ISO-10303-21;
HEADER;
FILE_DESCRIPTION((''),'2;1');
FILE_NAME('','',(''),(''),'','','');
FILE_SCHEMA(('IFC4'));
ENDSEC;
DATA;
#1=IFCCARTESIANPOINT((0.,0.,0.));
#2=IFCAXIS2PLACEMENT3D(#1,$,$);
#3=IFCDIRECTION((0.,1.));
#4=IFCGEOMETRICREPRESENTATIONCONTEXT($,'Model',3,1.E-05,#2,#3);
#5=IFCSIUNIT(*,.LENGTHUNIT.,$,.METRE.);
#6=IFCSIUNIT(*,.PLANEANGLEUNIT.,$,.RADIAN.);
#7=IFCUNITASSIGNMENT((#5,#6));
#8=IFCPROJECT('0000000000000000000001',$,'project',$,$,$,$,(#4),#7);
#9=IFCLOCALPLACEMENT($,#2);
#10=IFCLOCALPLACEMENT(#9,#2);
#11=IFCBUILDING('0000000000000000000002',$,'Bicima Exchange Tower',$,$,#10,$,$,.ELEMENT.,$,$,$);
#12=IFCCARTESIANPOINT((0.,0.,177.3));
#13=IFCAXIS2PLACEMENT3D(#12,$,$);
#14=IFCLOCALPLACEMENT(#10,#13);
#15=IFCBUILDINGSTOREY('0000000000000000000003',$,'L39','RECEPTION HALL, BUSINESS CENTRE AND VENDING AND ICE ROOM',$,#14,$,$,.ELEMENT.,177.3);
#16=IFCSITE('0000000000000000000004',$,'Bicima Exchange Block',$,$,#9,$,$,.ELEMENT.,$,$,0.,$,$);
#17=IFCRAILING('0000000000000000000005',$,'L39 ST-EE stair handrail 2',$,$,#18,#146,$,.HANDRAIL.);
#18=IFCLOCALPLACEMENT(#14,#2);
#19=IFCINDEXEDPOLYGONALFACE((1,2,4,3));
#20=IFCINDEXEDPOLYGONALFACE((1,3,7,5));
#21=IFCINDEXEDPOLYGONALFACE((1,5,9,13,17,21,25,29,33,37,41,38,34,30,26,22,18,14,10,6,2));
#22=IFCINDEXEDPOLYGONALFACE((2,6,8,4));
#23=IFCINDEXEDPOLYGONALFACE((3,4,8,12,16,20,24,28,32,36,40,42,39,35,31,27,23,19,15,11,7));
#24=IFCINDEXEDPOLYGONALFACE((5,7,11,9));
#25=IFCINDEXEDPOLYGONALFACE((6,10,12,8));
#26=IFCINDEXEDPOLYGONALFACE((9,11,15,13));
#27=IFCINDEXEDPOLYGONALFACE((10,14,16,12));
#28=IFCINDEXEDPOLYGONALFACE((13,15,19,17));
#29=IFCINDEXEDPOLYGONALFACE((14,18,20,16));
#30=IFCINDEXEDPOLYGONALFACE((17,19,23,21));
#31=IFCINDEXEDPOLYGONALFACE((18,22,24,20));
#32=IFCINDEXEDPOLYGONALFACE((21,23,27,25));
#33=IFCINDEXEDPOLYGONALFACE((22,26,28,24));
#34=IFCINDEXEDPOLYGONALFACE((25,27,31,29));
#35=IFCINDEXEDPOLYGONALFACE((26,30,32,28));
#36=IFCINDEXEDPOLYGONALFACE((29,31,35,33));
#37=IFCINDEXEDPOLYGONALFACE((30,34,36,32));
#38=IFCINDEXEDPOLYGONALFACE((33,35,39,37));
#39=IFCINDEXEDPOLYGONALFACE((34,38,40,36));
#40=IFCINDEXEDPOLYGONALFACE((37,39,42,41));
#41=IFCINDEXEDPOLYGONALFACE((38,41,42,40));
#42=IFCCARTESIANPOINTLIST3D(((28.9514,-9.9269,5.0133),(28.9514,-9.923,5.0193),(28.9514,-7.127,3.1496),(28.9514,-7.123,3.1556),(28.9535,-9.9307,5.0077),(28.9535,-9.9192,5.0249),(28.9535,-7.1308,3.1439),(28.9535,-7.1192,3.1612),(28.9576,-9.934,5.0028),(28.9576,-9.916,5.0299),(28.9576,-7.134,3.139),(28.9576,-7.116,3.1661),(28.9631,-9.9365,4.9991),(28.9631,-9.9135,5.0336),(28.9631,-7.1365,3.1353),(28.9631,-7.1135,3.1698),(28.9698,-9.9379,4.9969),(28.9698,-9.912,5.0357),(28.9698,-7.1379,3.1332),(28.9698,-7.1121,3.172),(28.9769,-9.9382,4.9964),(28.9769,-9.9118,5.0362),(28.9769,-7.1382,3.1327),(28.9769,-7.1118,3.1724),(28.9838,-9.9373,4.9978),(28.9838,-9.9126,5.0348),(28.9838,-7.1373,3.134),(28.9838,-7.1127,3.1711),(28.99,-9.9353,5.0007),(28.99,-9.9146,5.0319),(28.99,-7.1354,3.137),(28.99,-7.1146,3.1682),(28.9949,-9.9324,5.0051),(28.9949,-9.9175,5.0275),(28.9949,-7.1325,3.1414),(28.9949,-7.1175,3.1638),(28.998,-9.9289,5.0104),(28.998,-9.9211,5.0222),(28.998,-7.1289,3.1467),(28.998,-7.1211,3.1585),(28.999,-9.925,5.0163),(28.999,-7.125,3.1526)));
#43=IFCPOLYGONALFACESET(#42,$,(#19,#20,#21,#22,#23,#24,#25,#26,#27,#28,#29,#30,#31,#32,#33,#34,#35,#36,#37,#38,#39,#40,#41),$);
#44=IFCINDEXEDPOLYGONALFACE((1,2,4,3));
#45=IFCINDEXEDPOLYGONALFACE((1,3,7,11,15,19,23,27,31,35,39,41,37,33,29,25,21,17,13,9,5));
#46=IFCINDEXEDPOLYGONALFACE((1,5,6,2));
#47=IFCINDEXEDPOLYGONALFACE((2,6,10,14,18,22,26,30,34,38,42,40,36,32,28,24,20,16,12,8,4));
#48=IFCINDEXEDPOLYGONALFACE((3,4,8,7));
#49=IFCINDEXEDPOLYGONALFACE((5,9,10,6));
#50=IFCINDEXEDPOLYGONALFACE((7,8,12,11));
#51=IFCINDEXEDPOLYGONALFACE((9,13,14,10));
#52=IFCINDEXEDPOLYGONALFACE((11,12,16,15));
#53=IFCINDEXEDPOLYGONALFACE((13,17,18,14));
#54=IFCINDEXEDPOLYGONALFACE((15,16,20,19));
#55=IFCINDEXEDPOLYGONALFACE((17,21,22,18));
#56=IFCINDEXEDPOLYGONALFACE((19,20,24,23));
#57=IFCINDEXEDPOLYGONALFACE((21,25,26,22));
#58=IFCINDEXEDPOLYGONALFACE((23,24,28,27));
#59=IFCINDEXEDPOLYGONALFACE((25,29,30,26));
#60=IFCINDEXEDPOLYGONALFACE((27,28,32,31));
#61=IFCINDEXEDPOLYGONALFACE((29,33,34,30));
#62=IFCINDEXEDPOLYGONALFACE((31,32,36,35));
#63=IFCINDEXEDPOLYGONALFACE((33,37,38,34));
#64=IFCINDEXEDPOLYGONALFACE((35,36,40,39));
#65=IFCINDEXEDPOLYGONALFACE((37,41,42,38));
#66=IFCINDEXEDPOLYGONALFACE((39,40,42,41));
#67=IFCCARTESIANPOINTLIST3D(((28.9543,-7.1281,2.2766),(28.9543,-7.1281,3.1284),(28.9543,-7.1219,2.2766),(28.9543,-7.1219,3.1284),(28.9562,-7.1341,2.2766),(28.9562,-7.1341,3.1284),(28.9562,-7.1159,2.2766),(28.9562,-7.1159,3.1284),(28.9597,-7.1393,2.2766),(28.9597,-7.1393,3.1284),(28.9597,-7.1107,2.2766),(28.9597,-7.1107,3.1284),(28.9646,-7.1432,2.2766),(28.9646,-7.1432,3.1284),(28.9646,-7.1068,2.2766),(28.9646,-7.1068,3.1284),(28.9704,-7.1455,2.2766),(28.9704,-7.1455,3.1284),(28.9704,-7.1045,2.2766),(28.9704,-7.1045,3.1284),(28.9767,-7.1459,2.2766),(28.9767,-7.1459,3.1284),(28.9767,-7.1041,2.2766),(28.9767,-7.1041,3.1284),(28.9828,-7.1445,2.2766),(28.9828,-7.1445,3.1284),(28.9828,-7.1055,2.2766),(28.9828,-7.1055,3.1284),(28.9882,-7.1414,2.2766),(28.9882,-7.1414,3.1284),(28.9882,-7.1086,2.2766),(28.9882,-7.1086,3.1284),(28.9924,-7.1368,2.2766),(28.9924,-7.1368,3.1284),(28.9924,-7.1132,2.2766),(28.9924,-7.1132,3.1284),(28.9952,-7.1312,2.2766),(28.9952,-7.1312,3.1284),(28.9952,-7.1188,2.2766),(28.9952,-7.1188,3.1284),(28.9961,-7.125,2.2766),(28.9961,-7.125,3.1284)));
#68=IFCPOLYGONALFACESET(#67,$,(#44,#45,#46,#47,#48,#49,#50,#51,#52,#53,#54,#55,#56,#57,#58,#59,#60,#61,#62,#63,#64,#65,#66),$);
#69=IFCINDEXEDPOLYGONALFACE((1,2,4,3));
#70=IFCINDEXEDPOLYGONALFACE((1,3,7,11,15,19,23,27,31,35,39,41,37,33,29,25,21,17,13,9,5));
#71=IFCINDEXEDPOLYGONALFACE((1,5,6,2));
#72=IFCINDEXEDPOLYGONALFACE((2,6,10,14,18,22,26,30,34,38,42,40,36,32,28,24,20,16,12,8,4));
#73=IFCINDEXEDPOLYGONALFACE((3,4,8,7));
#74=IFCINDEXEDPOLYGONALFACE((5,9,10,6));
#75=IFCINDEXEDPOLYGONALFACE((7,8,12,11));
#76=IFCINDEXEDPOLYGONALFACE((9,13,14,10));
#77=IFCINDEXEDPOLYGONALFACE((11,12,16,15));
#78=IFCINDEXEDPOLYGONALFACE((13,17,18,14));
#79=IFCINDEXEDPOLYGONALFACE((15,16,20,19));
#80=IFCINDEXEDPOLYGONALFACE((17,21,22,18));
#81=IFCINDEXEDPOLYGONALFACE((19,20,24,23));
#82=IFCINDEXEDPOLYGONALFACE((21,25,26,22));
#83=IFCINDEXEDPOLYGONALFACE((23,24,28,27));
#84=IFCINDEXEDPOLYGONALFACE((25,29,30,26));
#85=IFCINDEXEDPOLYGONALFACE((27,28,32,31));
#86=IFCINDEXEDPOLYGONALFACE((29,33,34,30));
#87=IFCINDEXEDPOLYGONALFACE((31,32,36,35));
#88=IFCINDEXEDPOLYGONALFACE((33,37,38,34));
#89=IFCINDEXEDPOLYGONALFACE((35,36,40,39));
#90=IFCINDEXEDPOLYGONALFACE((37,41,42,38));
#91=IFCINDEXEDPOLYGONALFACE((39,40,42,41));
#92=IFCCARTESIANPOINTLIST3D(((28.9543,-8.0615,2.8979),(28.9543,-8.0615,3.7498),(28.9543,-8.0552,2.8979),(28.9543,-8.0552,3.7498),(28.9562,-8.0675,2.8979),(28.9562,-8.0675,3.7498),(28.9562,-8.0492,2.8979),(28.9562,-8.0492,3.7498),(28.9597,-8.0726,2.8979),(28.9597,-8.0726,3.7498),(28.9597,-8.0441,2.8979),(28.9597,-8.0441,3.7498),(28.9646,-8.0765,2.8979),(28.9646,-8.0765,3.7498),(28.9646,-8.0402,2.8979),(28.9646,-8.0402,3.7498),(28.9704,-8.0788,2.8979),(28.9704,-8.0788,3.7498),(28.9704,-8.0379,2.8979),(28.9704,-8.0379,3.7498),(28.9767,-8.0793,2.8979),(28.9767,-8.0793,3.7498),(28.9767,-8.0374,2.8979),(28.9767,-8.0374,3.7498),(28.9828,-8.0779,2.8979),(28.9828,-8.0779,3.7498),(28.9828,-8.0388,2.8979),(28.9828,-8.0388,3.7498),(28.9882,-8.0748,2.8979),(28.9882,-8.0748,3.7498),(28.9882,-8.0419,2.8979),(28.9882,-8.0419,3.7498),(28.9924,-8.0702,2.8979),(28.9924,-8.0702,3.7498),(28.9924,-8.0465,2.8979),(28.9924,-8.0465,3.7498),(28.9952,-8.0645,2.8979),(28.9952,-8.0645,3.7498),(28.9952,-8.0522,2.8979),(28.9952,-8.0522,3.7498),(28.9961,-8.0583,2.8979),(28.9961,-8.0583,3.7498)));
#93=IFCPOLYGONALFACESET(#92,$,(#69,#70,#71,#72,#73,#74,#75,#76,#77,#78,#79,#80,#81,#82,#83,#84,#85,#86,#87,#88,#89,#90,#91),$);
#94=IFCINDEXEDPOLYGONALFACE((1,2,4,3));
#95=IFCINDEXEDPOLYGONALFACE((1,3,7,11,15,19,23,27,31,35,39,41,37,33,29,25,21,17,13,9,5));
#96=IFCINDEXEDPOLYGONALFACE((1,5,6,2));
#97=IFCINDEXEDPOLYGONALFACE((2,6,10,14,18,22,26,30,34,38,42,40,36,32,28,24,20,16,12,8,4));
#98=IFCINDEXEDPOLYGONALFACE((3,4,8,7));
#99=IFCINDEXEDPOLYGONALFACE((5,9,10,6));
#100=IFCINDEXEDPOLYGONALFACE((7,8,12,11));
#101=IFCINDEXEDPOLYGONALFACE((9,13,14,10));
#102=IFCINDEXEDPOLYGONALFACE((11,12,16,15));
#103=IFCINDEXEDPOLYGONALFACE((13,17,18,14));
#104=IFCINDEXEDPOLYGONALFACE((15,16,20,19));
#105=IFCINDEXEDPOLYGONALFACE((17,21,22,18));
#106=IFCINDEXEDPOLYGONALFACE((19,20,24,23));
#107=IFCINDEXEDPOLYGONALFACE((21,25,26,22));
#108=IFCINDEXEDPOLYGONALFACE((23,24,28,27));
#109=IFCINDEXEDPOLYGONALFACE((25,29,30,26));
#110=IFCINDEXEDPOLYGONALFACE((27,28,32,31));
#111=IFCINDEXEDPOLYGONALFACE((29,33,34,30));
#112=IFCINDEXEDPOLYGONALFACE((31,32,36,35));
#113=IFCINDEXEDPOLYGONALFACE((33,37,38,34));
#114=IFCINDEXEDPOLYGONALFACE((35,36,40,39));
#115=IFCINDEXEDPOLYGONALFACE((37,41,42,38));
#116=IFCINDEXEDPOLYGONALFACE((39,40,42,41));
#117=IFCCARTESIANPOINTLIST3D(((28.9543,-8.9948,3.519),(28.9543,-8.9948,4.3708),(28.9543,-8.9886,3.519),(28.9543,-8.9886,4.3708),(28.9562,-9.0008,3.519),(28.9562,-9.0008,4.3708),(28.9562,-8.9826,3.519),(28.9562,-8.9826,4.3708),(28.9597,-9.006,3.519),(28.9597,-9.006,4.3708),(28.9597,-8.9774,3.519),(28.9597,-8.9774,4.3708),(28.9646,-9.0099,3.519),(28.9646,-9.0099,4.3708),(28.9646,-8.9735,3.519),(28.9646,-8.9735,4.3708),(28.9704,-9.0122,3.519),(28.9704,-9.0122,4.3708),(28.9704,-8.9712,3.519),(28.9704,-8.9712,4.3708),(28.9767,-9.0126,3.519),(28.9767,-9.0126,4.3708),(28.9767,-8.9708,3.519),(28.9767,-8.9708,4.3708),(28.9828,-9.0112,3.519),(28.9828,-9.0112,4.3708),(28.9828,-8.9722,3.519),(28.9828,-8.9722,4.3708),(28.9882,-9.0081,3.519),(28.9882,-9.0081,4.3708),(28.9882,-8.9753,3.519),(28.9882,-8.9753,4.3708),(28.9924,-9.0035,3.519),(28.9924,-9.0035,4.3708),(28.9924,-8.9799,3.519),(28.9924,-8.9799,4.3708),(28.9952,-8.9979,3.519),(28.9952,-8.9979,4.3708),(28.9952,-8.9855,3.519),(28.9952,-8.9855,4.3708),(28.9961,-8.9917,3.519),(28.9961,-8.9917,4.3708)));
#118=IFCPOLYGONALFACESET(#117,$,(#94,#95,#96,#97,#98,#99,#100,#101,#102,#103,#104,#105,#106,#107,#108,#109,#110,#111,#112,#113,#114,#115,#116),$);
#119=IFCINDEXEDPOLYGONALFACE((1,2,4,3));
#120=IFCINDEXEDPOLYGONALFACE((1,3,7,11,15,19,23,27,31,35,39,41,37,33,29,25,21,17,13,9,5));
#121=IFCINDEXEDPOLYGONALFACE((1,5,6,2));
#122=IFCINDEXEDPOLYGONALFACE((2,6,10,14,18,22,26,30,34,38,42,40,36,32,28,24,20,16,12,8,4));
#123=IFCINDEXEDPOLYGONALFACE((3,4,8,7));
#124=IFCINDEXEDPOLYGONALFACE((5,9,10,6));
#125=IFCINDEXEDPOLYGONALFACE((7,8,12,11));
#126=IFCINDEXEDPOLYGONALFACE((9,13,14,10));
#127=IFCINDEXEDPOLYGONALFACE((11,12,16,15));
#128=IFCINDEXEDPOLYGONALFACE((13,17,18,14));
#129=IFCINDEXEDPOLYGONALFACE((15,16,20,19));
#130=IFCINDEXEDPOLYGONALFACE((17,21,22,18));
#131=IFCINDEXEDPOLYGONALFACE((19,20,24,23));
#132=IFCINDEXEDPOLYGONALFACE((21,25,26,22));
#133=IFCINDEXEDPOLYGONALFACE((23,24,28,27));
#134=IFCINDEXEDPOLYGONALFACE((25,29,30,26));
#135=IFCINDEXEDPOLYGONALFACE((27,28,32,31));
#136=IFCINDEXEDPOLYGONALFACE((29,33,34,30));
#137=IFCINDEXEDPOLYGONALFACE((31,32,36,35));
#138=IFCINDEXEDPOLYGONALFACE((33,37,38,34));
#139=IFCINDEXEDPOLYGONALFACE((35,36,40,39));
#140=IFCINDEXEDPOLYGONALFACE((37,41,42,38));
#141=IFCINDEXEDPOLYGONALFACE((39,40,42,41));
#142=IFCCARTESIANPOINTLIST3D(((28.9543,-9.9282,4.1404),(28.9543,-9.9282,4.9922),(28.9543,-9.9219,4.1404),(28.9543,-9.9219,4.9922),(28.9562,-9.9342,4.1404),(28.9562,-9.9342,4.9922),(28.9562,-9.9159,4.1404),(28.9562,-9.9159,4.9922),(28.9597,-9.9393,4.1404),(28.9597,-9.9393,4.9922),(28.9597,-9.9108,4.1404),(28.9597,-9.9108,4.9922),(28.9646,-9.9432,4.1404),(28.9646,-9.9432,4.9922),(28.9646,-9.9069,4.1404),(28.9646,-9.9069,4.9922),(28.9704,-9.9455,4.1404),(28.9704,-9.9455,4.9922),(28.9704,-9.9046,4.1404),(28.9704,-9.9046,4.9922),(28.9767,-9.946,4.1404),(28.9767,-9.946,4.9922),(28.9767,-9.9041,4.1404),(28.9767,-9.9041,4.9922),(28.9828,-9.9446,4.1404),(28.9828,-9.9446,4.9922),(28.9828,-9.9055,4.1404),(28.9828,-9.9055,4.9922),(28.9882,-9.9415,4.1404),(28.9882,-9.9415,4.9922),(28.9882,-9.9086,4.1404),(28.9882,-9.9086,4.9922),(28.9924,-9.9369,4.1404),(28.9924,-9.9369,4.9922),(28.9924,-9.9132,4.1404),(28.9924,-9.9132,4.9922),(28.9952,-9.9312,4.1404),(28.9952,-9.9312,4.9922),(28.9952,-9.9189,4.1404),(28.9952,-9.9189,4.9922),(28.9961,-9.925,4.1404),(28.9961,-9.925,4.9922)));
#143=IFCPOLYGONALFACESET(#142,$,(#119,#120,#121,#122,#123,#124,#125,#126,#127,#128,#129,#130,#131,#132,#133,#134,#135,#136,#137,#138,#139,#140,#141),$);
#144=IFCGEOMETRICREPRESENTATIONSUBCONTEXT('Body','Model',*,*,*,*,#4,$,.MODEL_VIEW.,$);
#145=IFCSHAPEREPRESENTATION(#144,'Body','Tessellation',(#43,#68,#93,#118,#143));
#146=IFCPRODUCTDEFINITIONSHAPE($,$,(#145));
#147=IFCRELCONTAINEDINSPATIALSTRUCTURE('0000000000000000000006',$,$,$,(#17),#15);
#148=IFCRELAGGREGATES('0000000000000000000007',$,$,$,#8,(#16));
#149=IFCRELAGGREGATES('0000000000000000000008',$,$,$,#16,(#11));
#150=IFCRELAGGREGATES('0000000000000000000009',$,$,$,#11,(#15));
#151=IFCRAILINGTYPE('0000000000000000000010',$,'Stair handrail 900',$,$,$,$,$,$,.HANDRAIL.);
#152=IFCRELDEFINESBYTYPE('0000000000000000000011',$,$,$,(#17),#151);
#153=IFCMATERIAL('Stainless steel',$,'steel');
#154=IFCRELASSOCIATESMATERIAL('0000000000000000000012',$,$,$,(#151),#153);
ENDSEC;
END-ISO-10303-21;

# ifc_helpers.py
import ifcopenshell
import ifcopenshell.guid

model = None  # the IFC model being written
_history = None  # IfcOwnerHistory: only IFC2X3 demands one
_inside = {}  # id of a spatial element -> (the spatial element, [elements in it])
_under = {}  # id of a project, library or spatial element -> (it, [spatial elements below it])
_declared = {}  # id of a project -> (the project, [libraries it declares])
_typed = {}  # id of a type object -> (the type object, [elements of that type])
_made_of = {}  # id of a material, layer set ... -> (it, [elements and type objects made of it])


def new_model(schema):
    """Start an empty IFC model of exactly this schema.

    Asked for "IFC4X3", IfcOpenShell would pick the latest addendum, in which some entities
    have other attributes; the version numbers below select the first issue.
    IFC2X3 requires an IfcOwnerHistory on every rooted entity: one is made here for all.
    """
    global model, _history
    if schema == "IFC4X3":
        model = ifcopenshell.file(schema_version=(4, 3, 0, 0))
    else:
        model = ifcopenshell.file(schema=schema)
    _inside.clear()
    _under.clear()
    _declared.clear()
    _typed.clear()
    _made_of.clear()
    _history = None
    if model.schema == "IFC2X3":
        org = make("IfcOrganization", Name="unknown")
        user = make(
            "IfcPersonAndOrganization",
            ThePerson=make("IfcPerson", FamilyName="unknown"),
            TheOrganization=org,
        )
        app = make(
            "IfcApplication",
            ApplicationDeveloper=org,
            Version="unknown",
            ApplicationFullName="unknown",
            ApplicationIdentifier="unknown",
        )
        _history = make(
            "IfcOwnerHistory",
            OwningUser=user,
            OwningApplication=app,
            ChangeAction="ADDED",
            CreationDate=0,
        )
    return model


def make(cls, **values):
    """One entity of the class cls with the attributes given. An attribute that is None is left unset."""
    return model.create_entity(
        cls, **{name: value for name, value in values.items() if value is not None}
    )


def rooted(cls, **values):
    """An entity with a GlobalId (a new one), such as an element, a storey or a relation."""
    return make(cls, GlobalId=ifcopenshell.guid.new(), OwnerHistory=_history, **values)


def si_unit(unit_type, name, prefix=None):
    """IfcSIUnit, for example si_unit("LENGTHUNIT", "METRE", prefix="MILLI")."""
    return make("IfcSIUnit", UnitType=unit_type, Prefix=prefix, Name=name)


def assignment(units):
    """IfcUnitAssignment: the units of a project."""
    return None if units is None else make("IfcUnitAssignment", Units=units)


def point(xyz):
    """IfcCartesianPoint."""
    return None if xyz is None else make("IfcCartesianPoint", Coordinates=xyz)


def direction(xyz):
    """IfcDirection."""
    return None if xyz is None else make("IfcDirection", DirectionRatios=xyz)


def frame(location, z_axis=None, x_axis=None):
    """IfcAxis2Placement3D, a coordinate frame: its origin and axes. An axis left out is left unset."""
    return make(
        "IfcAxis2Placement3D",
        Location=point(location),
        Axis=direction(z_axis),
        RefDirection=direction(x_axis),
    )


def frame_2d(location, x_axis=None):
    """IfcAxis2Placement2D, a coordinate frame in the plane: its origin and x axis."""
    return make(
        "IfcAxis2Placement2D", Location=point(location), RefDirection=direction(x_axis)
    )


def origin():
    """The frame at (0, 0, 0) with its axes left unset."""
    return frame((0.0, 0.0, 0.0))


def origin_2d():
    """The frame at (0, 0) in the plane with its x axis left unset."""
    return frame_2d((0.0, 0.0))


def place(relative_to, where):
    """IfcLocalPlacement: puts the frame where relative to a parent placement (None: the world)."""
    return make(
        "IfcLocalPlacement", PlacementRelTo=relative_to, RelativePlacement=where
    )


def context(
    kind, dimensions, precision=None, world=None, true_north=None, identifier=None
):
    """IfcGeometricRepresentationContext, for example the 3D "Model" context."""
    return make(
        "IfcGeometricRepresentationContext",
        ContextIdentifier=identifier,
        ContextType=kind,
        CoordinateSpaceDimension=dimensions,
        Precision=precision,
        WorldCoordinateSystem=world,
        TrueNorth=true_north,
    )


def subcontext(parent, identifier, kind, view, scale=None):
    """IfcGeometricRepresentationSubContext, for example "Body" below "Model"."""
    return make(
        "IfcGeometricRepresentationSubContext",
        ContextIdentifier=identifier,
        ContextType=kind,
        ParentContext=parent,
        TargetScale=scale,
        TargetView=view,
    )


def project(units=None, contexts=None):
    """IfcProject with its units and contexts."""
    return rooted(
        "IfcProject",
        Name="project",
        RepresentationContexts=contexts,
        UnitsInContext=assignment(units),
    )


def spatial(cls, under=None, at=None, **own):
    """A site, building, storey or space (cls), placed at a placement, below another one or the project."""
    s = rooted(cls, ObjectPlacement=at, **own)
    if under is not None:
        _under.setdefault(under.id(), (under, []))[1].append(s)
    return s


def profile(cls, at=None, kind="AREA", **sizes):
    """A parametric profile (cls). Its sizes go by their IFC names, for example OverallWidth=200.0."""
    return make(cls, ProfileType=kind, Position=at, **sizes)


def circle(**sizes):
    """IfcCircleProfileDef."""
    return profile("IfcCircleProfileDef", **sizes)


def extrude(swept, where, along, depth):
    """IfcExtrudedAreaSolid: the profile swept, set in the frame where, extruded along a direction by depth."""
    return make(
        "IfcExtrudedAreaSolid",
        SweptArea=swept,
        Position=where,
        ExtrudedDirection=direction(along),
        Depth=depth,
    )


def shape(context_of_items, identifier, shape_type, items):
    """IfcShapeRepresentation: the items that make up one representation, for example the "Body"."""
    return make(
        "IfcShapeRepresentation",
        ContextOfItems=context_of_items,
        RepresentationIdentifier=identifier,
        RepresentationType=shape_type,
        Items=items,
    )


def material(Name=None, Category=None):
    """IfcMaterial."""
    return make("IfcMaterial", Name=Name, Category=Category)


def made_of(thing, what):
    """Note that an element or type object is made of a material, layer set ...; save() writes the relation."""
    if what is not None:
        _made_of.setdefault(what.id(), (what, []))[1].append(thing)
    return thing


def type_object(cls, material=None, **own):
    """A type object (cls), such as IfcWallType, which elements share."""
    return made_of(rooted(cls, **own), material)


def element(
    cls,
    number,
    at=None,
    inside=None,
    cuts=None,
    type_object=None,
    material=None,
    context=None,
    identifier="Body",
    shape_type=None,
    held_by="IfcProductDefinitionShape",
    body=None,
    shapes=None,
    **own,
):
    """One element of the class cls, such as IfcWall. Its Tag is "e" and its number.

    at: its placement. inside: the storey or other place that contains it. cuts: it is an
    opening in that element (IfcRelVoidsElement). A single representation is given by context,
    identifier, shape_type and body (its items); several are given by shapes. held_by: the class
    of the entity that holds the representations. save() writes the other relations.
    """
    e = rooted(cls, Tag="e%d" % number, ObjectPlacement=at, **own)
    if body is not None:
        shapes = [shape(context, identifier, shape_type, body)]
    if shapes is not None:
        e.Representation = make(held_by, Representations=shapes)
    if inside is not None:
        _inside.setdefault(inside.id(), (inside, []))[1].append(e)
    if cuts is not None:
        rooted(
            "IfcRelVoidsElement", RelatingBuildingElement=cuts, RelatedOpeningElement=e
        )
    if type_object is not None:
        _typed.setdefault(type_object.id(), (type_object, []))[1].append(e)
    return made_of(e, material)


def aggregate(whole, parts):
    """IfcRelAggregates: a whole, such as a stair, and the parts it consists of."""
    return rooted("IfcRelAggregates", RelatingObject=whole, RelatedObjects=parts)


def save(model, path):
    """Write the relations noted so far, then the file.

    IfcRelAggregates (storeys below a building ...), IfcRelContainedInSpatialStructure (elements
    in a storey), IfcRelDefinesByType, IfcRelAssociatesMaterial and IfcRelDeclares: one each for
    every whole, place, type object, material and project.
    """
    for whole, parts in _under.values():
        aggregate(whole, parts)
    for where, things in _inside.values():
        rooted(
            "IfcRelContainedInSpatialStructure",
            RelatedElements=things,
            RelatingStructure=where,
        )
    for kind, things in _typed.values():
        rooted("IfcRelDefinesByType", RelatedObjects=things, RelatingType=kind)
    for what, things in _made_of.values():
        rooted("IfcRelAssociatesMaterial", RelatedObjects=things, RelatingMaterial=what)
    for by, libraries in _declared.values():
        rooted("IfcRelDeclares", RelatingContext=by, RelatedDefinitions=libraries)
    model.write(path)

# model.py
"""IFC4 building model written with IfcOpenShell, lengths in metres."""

from ifc_helpers import new_model, si_unit, direction, frame, origin, origin_2d, place, context, subcontext, project, spatial, circle, extrude, material, type_object, element, save


model = new_model("IFC4")

# Units and contexts
model_context = context("Model", 3, precision=1e-05, world=origin(), true_north=direction((0.0, 1.0)))
body_context = subcontext(model_context, "Body", "Model", "MODEL_VIEW")
ifc_project = project(units=[si_unit("LENGTHUNIT", "METRE"), si_unit("PLANEANGLEUNIT", "RADIAN")], contexts=[model_context])

# Site, building, storey
site_placement = place(None, origin())
site = spatial("IfcSite", under=ifc_project, at=site_placement, Name="Bicima Exchange Block", CompositionType="ELEMENT", RefElevation=0.0)
building_placement = place(site_placement, origin())
building = spatial("IfcBuilding", under=site, at=building_placement, Name="Bicima Exchange Tower", CompositionType="ELEMENT")
storey_placement = place(building_placement, frame((0.0, 0.0, 177.3)))
storey = spatial("IfcBuildingStorey", under=building, at=storey_placement, Name="L39", Description="RECEPTION HALL, BUSINESS CENTRE AND VENDING AND ICE ROOM", CompositionType="ELEMENT", Elevation=177.3)

# Railing
ifc_material_1 = material(Name="Stainless steel", Category="steel")
railing_type_1 = type_object("IfcRailingType", Name="Stair handrail 900", PredefinedType="HANDRAIL", material=ifc_material_1)
railing_1_placement = place(storey_placement, frame((28.9751, -7.125, 2.2766)))
element("IfcRailing", 1, at=railing_1_placement, inside=storey, type_object=railing_type_1, Name="L39 ST-EE stair handrail 2", PredefinedType="HANDRAIL", context=body_context, shape_type="SweptSolid", body=[
    extrude(circle(Radius=0.0239, at=origin_2d()), frame((0.0, 0.0, 0.876), z_axis=(0.0, -0.832452, 0.554097), x_axis=(1.0, 0.0, 0.0)), (0.0, 0.0, 1.0), 3.3635),
    extrude(circle(Radius=0.021, at=origin_2d()), origin(), (0.0, 0.0, 1.0), 0.8518),
    extrude(circle(Radius=0.021, at=origin_2d()), frame((0.0, -0.9333, 0.6213)), (0.0, 0.0, 1.0), 0.8518),
    extrude(circle(Radius=0.021, at=origin_2d()), frame((0.0, -1.8667, 1.2424)), (0.0, 0.0, 1.0), 0.8518),
    extrude(circle(Radius=0.021, at=origin_2d()), frame((0.0, -2.8, 1.8638)), (0.0, 0.0, 1.0), 0.8518),
])

save(model, "model.ifc")
